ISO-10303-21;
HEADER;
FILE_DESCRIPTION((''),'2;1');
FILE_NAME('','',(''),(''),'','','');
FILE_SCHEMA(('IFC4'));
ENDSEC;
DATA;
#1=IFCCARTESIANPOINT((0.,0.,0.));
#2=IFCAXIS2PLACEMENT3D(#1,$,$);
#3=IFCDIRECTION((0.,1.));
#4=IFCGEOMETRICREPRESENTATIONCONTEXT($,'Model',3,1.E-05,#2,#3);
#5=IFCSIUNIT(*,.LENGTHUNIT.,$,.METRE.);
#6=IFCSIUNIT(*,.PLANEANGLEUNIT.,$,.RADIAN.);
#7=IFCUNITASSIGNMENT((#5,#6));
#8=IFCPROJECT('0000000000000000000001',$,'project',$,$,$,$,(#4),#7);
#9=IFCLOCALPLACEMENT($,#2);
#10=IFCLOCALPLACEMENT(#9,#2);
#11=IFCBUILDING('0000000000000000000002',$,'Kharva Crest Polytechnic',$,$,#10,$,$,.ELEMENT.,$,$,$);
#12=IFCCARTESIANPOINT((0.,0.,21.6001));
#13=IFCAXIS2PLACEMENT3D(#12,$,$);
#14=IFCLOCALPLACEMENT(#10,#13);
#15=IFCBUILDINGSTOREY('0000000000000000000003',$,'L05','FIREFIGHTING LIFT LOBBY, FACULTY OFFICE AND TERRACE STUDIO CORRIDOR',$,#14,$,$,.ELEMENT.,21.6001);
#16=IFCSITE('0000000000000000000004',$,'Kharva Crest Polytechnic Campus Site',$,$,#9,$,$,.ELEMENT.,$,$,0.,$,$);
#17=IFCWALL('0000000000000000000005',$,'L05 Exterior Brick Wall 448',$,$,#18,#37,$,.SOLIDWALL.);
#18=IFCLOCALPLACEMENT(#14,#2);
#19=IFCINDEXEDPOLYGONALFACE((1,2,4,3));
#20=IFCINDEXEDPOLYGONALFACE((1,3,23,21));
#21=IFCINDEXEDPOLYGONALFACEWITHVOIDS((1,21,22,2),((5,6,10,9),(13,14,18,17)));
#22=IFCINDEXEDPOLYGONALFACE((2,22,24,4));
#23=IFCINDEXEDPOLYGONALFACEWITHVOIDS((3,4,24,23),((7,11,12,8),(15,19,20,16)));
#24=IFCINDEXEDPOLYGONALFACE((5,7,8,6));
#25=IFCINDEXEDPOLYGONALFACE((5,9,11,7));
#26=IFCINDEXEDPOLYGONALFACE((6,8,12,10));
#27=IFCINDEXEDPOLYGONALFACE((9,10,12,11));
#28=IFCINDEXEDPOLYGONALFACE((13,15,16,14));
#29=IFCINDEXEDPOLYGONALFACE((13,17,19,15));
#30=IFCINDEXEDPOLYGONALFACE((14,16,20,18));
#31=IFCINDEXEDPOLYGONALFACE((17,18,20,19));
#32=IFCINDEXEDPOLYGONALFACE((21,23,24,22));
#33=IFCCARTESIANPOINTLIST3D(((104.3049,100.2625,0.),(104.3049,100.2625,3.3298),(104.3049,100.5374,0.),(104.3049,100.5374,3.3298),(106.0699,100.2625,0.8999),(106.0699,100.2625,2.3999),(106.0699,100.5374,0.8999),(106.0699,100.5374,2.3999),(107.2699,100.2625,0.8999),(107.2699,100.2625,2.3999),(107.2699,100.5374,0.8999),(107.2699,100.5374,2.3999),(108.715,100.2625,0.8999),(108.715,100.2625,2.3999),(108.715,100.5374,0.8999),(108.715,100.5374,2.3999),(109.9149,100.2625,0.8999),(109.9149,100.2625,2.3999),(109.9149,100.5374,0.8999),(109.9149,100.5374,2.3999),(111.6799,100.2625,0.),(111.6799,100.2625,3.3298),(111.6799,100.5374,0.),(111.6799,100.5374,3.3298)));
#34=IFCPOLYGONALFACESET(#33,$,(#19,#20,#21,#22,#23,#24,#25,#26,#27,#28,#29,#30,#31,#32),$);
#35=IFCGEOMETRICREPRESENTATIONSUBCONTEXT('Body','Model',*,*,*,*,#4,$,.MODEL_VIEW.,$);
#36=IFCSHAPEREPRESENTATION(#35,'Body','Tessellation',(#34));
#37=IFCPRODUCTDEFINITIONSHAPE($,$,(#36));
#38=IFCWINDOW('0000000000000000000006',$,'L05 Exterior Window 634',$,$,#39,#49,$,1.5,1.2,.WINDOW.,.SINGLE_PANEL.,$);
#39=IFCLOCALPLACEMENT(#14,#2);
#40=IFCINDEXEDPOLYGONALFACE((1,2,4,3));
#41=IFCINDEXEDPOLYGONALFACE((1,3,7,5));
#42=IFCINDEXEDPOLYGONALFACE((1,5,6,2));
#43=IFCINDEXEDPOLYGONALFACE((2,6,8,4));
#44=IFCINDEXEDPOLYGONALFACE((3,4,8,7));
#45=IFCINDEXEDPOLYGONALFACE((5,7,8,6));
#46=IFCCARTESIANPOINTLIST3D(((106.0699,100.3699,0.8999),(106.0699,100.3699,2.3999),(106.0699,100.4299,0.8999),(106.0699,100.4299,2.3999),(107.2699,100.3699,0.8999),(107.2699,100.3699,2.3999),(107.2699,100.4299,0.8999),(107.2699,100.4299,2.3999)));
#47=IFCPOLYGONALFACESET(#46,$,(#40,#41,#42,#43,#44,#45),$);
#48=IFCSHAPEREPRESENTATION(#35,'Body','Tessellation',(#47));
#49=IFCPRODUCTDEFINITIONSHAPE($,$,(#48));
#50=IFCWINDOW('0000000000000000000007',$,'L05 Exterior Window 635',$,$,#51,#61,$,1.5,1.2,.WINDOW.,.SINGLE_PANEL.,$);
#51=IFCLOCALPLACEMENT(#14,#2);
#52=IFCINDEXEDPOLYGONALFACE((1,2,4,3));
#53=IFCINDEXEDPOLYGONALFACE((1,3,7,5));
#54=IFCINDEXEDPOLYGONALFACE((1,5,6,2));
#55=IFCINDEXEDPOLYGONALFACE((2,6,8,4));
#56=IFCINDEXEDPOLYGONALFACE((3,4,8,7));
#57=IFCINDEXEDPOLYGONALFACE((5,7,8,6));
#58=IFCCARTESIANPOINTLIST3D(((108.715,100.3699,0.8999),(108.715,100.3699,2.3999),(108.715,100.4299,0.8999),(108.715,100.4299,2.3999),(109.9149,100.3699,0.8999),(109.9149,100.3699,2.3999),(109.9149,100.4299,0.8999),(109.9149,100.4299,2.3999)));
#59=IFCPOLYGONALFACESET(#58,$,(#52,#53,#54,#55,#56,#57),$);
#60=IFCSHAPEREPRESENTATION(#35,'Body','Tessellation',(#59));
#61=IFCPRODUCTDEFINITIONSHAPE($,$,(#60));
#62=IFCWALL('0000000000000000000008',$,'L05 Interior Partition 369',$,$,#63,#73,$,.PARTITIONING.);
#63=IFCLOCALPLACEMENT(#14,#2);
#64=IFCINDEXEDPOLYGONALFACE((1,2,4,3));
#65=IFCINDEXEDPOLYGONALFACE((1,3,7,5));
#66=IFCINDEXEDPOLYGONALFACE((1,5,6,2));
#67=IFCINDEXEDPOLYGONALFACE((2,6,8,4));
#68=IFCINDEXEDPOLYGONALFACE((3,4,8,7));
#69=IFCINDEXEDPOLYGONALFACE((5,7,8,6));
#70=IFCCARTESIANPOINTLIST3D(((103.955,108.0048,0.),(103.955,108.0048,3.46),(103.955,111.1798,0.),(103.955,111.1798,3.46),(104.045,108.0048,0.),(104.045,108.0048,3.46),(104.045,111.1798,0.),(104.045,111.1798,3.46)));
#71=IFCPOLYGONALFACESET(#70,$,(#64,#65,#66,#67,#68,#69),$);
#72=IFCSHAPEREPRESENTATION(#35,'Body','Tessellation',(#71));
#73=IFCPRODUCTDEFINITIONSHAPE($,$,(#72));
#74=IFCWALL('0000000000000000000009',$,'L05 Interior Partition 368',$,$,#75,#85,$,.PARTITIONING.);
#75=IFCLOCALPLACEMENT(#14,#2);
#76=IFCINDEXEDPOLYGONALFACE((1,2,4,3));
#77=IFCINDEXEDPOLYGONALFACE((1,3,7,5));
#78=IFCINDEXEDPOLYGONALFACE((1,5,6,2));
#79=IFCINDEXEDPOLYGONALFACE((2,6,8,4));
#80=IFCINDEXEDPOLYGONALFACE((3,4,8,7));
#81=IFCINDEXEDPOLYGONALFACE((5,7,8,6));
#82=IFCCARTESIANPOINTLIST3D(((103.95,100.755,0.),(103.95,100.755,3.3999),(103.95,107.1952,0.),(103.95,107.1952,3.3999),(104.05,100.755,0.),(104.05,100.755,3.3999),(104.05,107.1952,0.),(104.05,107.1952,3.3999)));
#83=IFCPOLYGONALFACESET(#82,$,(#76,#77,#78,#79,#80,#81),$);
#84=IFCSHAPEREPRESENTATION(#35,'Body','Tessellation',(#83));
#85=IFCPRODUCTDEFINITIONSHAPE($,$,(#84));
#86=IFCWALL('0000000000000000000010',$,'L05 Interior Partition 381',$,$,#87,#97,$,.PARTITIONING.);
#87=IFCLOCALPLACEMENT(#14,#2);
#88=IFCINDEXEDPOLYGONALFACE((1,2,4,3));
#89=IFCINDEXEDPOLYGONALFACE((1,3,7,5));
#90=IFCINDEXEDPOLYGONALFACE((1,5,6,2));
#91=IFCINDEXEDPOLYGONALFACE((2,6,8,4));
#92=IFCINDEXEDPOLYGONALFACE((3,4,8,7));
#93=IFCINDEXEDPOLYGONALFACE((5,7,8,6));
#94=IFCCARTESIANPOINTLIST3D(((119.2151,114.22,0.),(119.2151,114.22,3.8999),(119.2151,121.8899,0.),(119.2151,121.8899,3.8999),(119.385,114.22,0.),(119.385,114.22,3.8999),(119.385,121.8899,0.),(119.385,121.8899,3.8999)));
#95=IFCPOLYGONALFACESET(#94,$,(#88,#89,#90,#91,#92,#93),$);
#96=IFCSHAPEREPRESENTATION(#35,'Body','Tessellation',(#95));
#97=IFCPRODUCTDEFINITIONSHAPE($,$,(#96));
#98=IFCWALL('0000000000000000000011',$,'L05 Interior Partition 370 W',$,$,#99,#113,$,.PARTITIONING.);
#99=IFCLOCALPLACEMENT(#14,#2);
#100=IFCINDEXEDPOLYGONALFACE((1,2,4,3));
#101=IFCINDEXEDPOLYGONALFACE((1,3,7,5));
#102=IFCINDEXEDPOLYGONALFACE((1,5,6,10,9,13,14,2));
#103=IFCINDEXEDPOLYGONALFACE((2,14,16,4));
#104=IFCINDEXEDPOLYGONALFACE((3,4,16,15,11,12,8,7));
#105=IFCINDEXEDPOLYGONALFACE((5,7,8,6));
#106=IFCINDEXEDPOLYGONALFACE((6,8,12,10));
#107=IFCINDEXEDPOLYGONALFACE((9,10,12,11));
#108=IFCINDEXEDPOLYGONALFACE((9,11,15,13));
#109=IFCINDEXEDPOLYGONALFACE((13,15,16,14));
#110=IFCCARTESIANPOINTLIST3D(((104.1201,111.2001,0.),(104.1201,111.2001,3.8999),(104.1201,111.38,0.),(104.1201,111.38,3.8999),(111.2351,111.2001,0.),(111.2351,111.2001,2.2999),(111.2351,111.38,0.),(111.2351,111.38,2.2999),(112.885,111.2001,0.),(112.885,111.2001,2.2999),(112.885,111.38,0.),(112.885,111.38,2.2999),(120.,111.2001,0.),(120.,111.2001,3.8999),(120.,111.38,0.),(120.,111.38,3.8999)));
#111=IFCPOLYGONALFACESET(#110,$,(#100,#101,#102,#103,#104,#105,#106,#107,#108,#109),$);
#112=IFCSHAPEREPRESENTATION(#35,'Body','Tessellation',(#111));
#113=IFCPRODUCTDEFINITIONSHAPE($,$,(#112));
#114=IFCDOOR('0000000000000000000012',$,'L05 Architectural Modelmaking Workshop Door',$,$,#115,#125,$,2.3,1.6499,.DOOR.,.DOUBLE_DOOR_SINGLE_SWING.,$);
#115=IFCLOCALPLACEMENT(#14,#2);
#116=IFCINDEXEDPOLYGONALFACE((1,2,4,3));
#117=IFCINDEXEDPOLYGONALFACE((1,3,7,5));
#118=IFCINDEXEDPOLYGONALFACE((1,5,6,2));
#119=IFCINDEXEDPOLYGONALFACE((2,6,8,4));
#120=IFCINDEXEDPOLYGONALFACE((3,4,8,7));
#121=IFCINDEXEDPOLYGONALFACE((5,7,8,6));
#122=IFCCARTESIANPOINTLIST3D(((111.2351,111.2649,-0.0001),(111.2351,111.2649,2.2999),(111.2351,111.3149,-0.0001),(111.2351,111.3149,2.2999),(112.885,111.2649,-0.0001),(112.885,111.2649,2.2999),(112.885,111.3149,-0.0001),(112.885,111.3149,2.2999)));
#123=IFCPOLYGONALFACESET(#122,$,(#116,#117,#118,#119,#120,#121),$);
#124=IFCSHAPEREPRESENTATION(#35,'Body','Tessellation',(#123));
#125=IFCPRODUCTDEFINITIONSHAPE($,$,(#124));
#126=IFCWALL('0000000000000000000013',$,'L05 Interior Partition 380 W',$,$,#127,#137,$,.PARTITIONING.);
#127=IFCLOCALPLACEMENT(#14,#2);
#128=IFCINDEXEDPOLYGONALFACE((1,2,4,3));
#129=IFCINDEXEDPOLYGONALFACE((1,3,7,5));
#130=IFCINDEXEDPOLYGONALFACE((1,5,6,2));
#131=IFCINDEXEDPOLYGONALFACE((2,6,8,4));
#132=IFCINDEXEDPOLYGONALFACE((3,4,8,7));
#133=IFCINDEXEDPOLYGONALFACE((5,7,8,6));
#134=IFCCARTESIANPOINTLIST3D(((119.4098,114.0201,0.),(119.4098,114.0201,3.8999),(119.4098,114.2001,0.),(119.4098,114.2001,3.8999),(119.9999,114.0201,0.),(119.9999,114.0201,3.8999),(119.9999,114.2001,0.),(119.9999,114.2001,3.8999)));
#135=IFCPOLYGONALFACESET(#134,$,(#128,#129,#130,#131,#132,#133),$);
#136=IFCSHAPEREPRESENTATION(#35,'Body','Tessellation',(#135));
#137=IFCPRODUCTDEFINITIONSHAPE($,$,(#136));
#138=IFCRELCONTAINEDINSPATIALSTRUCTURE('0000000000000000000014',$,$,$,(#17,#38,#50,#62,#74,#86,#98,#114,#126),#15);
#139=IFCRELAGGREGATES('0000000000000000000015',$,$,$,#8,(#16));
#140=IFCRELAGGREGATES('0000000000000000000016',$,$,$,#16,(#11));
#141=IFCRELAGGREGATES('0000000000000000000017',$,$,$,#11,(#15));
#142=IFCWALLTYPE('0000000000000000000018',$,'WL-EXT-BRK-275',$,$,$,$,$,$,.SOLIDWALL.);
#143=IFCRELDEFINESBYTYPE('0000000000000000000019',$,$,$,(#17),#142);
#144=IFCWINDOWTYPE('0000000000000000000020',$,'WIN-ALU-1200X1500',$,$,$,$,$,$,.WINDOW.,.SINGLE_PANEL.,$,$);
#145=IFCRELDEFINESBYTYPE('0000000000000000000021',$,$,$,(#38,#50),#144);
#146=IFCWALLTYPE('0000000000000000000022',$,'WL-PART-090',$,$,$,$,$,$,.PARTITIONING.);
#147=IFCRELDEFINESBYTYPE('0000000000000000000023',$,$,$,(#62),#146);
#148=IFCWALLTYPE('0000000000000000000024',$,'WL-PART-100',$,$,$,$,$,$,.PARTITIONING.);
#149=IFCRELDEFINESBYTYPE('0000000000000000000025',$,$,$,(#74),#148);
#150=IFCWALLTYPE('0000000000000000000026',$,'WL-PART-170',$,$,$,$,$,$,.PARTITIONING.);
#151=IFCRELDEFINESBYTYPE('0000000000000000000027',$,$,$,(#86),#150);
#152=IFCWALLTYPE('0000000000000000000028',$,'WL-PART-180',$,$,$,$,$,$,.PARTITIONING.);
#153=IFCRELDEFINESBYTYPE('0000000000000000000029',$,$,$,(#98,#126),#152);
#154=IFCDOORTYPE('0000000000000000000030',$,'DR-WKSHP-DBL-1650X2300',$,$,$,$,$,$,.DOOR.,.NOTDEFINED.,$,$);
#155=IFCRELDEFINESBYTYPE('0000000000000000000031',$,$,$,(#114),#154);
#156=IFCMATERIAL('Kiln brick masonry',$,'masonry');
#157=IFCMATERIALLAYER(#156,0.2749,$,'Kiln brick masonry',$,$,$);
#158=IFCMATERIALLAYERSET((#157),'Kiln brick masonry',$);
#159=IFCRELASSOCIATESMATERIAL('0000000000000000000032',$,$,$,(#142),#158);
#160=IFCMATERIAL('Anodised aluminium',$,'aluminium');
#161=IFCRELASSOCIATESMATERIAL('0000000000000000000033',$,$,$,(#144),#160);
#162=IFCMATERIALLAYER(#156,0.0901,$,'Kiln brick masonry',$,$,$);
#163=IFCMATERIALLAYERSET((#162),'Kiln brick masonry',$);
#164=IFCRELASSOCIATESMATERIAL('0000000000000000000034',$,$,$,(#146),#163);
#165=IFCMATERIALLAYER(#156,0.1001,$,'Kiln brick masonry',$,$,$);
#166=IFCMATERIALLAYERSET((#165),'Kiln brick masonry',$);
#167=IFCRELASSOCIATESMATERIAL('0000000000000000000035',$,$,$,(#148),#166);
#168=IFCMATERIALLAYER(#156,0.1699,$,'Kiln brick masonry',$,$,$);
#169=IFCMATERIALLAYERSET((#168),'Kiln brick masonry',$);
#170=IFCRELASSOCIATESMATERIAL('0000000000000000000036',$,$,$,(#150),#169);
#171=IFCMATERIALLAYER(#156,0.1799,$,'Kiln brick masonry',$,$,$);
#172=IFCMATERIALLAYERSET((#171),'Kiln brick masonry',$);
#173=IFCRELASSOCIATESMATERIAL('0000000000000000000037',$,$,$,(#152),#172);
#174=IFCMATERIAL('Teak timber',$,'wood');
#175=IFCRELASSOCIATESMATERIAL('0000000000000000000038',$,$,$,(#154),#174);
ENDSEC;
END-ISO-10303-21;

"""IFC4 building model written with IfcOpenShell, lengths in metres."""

from ifc_helpers import new_model, si_unit, direction, frame, frame_2d, origin, place, context, subcontext, project, spatial, rectangle, extrude, material, layer, layer_set, type_object, element, fill, save


model = new_model("IFC4")

# Units and contexts
model_context = context("Model", 3, precision=1e-05, world=origin(), true_north=direction((0.0, 1.0)))
body_context = subcontext(model_context, "Body", "Model", "MODEL_VIEW")
ifc_project = project(units=[si_unit("LENGTHUNIT", "METRE"), si_unit("PLANEANGLEUNIT", "RADIAN")], contexts=[model_context])

# Site, building, storey
site_placement = place(None, origin())
site = spatial("IfcSite", under=ifc_project, at=site_placement, Name="Kharva Crest Polytechnic Campus Site", CompositionType="ELEMENT", RefElevation=0.0)
building_placement = place(site_placement, origin())
building = spatial("IfcBuilding", under=site, at=building_placement, Name="Kharva Crest Polytechnic", CompositionType="ELEMENT")
storey_placement = place(building_placement, frame((0.0, 0.0, 21.6001)))
storey = spatial("IfcBuildingStorey", under=building, at=storey_placement, Name="L05", Description="FIREFIGHTING LIFT LOBBY, FACULTY OFFICE AND TERRACE STUDIO CORRIDOR", CompositionType="ELEMENT", Elevation=21.6001)

# Wall, openings, windows
ifc_material_1 = material(Name="Kiln brick masonry", Category="masonry")
ifc_material_2 = material(Name="Anodised aluminium", Category="aluminium")
ifc_layer_1 = layer(ifc_material_1, 0.2749, Name="Kiln brick masonry")
ifc_layer_set_1 = layer_set([ifc_layer_1], Name="Kiln brick masonry")
wall_type_1 = type_object("IfcWallType", Name="WL-EXT-BRK-275", PredefinedType="SOLIDWALL", material=ifc_layer_set_1)
wall_1_placement = place(storey_placement, frame((104.3049, 100.3999, 0.0), z_axis=(0.0, 0.0, 1.0), x_axis=(1.0, 0.0, 0.0)))
wall_1 = element("IfcWall", 1, at=wall_1_placement, inside=storey, type_object=wall_type_1, Name="L05 Exterior Brick Wall 448", PredefinedType="SOLIDWALL", context=body_context, shape_type="SweptSolid", body=[
    extrude(rectangle(XDim=7.375, YDim=0.2749, at=frame_2d((3.6875, 0.0))), origin(), (0.0, 0.0, 1.0), 3.3298),
])
opening_1_placement = place(wall_1_placement, frame((1.7649, 0.0, 0.8999)))
opening_1 = element("IfcOpeningElement", 2, at=opening_1_placement, cuts=wall_1, PredefinedType="OPENING", context=body_context, shape_type="SweptSolid", body=[
    extrude(rectangle(XDim=1.2, YDim=1.5, at=frame_2d((0.6001, 0.75))), frame((0.0, 0.1475, 0.0), z_axis=(0.0, -1.0, 0.0), x_axis=(1.0, 0.0, 0.0)), (0.0, 0.0, 1.0), 0.2949),
])
opening_2_placement = place(wall_1_placement, frame((4.4099, 0.0, 0.8999)))
opening_2 = element("IfcOpeningElement", 3, at=opening_2_placement, cuts=wall_1, PredefinedType="OPENING", context=body_context, shape_type="SweptSolid", body=[
    extrude(rectangle(XDim=1.2, YDim=1.5, at=frame_2d((0.6001, 0.75))), frame((0.0, 0.1475, 0.0), z_axis=(0.0, -1.0, 0.0), x_axis=(1.0, 0.0, 0.0)), (0.0, 0.0, 1.0), 0.2949),
])
window_type_1 = type_object("IfcWindowType", Name="WIN-ALU-1200X1500", PartitioningType="SINGLE_PANEL", PredefinedType="WINDOW", material=ifc_material_2)
window_1_placement = place(opening_1_placement, origin())
window_1 = element("IfcWindow", 4, at=window_1_placement, inside=storey, type_object=window_type_1, Name="L05 Exterior Window 634", OverallHeight=1.5, OverallWidth=1.2, PartitioningType="SINGLE_PANEL", PredefinedType="WINDOW", context=body_context, shape_type="SweptSolid", body=[
    extrude(rectangle(XDim=1.2, YDim=1.5, at=frame_2d((0.6001, 0.75))), frame((0.0, 0.03, 0.0), z_axis=(0.0, -1.0, 0.0), x_axis=(1.0, 0.0, 0.0)), (0.0, 0.0, 1.0), 0.0601),
])
fill(opening_1, window_1)
window_2_placement = place(opening_2_placement, origin())
window_2 = element("IfcWindow", 5, at=window_2_placement, inside=storey, type_object=window_type_1, Name="L05 Exterior Window 635", OverallHeight=1.5, OverallWidth=1.2, PartitioningType="SINGLE_PANEL", PredefinedType="WINDOW", context=body_context, shape_type="SweptSolid", body=[
    extrude(rectangle(XDim=1.2, YDim=1.5, at=frame_2d((0.6001, 0.75))), frame((0.0, 0.03, 0.0), z_axis=(0.0, -1.0, 0.0), x_axis=(1.0, 0.0, 0.0)), (0.0, 0.0, 1.0), 0.0601),
])
fill(opening_2, window_2)

# Walls
ifc_layer_2 = layer(ifc_material_1, 0.0901, Name="Kiln brick masonry")
ifc_layer_set_2 = layer_set([ifc_layer_2], Name="Kiln brick masonry")
wall_type_2 = type_object("IfcWallType", Name="WL-PART-090", PredefinedType="PARTITIONING", material=ifc_layer_set_2)
wall_2_placement = place(storey_placement, frame((104.0, 108.0049, 0.0), z_axis=(0.0, 0.0, 1.0), x_axis=(0.0, 1.0, 0.0)))
element("IfcWall", 6, at=wall_2_placement, inside=storey, type_object=wall_type_2, Name="L05 Interior Partition 369", PredefinedType="PARTITIONING", context=body_context, shape_type="SweptSolid", body=[
    extrude(rectangle(XDim=3.175, YDim=0.0901, at=frame_2d((1.5874, 0.0))), origin(), (0.0, 0.0, 1.0), 3.46),
])
ifc_layer_3 = layer(ifc_material_1, 0.1001, Name="Kiln brick masonry")
ifc_layer_set_3 = layer_set([ifc_layer_3], Name="Kiln brick masonry")
wall_type_3 = type_object("IfcWallType", Name="WL-PART-100", PredefinedType="PARTITIONING", material=ifc_layer_set_3)
wall_3_placement = place(storey_placement, frame((104.0, 100.7549, 0.0), z_axis=(0.0, 0.0, 1.0), x_axis=(0.0, 1.0, 0.0)))
element("IfcWall", 7, at=wall_3_placement, inside=storey, type_object=wall_type_3, Name="L05 Interior Partition 368", PredefinedType="PARTITIONING", context=body_context, shape_type="SweptSolid", body=[
    extrude(rectangle(XDim=6.4402, YDim=0.1001, at=frame_2d((3.2202, 0.0))), origin(), (0.0, 0.0, 1.0), 3.3999),
])
ifc_layer_4 = layer(ifc_material_1, 0.1699, Name="Kiln brick masonry")
ifc_layer_set_4 = layer_set([ifc_layer_4], Name="Kiln brick masonry")
wall_type_4 = type_object("IfcWallType", Name="WL-PART-170", PredefinedType="PARTITIONING", material=ifc_layer_set_4)
wall_4_placement = place(storey_placement, frame((119.3, 114.22, 0.0), z_axis=(0.0, 0.0, 1.0), x_axis=(0.0, 1.0, 0.0)))
element("IfcWall", 8, at=wall_4_placement, inside=storey, type_object=wall_type_4, Name="L05 Interior Partition 381", PredefinedType="PARTITIONING", context=body_context, shape_type="SweptSolid", body=[
    extrude(rectangle(XDim=7.6699, YDim=0.1699, at=frame_2d((3.835, 0.0))), origin(), (0.0, 0.0, 1.0), 3.8999),
])

# Wall, opening, door
ifc_layer_5 = layer(ifc_material_1, 0.1799, Name="Kiln brick masonry")
ifc_layer_set_5 = layer_set([ifc_layer_5], Name="Kiln brick masonry")
wall_type_5 = type_object("IfcWallType", Name="WL-PART-180", PredefinedType="PARTITIONING", material=ifc_layer_set_5)
wall_5_placement = place(storey_placement, frame((104.1201, 111.29, 0.0), z_axis=(0.0, 0.0, 1.0), x_axis=(1.0, 0.0, 0.0)))
wall_5 = element("IfcWall", 9, at=wall_5_placement, inside=storey, type_object=wall_type_5, Name="L05 Interior Partition 370 W", PredefinedType="PARTITIONING", context=body_context, shape_type="SweptSolid", body=[
    extrude(rectangle(XDim=15.8799, YDim=0.1799, at=frame_2d((7.9399, 0.0))), origin(), (0.0, 0.0, 1.0), 3.8999),
])
opening_3_placement = place(wall_5_placement, frame((7.115, 0.0, 0.0)))
opening_3 = element("IfcOpeningElement", 10, at=opening_3_placement, cuts=wall_5, PredefinedType="OPENING", context=body_context, shape_type="SweptSolid", body=[
    extrude(rectangle(XDim=1.6499, YDim=2.3, at=frame_2d((0.825, 1.1499))), frame((0.0, 0.0999, 0.0), z_axis=(0.0, -1.0, 0.0), x_axis=(1.0, 0.0, 0.0)), (0.0, 0.0, 1.0), 0.2),
])
ifc_material_3 = material(Name="Teak timber", Category="wood")
door_type = type_object("IfcDoorType", Name="DR-WKSHP-DBL-1650X2300", OperationType="NOTDEFINED", PredefinedType="DOOR", material=ifc_material_3)
door_placement = place(opening_3_placement, origin())
door = element("IfcDoor", 11, at=door_placement, inside=storey, type_object=door_type, Name="L05 Architectural Modelmaking Workshop Door", OperationType="DOUBLE_DOOR_SINGLE_SWING", OverallHeight=2.3, OverallWidth=1.6499, PredefinedType="DOOR", context=body_context, shape_type="SweptSolid", body=[
    extrude(rectangle(XDim=1.6499, YDim=2.3, at=frame_2d((0.825, 1.1499))), frame((0.0, 0.0249, 0.0), z_axis=(0.0, -1.0, 0.0), x_axis=(1.0, 0.0, 0.0)), (0.0, 0.0, 1.0), 0.05),
])
fill(opening_3, door)

# Wall
wall_6_placement = place(storey_placement, frame((119.4099, 114.1101, 0.0), z_axis=(0.0, 0.0, 1.0), x_axis=(1.0, 0.0, 0.0)))
element("IfcWall", 12, at=wall_6_placement, inside=storey, type_object=wall_type_5, Name="L05 Interior Partition 380 W", PredefinedType="PARTITIONING", context=body_context, shape_type="SweptSolid", body=[
    extrude(rectangle(XDim=0.5901, YDim=0.1799, at=frame_2d((0.2949, 0.0))), origin(), (0.0, 0.0, 1.0), 3.8999),
])

save(model, "model.ifc")
